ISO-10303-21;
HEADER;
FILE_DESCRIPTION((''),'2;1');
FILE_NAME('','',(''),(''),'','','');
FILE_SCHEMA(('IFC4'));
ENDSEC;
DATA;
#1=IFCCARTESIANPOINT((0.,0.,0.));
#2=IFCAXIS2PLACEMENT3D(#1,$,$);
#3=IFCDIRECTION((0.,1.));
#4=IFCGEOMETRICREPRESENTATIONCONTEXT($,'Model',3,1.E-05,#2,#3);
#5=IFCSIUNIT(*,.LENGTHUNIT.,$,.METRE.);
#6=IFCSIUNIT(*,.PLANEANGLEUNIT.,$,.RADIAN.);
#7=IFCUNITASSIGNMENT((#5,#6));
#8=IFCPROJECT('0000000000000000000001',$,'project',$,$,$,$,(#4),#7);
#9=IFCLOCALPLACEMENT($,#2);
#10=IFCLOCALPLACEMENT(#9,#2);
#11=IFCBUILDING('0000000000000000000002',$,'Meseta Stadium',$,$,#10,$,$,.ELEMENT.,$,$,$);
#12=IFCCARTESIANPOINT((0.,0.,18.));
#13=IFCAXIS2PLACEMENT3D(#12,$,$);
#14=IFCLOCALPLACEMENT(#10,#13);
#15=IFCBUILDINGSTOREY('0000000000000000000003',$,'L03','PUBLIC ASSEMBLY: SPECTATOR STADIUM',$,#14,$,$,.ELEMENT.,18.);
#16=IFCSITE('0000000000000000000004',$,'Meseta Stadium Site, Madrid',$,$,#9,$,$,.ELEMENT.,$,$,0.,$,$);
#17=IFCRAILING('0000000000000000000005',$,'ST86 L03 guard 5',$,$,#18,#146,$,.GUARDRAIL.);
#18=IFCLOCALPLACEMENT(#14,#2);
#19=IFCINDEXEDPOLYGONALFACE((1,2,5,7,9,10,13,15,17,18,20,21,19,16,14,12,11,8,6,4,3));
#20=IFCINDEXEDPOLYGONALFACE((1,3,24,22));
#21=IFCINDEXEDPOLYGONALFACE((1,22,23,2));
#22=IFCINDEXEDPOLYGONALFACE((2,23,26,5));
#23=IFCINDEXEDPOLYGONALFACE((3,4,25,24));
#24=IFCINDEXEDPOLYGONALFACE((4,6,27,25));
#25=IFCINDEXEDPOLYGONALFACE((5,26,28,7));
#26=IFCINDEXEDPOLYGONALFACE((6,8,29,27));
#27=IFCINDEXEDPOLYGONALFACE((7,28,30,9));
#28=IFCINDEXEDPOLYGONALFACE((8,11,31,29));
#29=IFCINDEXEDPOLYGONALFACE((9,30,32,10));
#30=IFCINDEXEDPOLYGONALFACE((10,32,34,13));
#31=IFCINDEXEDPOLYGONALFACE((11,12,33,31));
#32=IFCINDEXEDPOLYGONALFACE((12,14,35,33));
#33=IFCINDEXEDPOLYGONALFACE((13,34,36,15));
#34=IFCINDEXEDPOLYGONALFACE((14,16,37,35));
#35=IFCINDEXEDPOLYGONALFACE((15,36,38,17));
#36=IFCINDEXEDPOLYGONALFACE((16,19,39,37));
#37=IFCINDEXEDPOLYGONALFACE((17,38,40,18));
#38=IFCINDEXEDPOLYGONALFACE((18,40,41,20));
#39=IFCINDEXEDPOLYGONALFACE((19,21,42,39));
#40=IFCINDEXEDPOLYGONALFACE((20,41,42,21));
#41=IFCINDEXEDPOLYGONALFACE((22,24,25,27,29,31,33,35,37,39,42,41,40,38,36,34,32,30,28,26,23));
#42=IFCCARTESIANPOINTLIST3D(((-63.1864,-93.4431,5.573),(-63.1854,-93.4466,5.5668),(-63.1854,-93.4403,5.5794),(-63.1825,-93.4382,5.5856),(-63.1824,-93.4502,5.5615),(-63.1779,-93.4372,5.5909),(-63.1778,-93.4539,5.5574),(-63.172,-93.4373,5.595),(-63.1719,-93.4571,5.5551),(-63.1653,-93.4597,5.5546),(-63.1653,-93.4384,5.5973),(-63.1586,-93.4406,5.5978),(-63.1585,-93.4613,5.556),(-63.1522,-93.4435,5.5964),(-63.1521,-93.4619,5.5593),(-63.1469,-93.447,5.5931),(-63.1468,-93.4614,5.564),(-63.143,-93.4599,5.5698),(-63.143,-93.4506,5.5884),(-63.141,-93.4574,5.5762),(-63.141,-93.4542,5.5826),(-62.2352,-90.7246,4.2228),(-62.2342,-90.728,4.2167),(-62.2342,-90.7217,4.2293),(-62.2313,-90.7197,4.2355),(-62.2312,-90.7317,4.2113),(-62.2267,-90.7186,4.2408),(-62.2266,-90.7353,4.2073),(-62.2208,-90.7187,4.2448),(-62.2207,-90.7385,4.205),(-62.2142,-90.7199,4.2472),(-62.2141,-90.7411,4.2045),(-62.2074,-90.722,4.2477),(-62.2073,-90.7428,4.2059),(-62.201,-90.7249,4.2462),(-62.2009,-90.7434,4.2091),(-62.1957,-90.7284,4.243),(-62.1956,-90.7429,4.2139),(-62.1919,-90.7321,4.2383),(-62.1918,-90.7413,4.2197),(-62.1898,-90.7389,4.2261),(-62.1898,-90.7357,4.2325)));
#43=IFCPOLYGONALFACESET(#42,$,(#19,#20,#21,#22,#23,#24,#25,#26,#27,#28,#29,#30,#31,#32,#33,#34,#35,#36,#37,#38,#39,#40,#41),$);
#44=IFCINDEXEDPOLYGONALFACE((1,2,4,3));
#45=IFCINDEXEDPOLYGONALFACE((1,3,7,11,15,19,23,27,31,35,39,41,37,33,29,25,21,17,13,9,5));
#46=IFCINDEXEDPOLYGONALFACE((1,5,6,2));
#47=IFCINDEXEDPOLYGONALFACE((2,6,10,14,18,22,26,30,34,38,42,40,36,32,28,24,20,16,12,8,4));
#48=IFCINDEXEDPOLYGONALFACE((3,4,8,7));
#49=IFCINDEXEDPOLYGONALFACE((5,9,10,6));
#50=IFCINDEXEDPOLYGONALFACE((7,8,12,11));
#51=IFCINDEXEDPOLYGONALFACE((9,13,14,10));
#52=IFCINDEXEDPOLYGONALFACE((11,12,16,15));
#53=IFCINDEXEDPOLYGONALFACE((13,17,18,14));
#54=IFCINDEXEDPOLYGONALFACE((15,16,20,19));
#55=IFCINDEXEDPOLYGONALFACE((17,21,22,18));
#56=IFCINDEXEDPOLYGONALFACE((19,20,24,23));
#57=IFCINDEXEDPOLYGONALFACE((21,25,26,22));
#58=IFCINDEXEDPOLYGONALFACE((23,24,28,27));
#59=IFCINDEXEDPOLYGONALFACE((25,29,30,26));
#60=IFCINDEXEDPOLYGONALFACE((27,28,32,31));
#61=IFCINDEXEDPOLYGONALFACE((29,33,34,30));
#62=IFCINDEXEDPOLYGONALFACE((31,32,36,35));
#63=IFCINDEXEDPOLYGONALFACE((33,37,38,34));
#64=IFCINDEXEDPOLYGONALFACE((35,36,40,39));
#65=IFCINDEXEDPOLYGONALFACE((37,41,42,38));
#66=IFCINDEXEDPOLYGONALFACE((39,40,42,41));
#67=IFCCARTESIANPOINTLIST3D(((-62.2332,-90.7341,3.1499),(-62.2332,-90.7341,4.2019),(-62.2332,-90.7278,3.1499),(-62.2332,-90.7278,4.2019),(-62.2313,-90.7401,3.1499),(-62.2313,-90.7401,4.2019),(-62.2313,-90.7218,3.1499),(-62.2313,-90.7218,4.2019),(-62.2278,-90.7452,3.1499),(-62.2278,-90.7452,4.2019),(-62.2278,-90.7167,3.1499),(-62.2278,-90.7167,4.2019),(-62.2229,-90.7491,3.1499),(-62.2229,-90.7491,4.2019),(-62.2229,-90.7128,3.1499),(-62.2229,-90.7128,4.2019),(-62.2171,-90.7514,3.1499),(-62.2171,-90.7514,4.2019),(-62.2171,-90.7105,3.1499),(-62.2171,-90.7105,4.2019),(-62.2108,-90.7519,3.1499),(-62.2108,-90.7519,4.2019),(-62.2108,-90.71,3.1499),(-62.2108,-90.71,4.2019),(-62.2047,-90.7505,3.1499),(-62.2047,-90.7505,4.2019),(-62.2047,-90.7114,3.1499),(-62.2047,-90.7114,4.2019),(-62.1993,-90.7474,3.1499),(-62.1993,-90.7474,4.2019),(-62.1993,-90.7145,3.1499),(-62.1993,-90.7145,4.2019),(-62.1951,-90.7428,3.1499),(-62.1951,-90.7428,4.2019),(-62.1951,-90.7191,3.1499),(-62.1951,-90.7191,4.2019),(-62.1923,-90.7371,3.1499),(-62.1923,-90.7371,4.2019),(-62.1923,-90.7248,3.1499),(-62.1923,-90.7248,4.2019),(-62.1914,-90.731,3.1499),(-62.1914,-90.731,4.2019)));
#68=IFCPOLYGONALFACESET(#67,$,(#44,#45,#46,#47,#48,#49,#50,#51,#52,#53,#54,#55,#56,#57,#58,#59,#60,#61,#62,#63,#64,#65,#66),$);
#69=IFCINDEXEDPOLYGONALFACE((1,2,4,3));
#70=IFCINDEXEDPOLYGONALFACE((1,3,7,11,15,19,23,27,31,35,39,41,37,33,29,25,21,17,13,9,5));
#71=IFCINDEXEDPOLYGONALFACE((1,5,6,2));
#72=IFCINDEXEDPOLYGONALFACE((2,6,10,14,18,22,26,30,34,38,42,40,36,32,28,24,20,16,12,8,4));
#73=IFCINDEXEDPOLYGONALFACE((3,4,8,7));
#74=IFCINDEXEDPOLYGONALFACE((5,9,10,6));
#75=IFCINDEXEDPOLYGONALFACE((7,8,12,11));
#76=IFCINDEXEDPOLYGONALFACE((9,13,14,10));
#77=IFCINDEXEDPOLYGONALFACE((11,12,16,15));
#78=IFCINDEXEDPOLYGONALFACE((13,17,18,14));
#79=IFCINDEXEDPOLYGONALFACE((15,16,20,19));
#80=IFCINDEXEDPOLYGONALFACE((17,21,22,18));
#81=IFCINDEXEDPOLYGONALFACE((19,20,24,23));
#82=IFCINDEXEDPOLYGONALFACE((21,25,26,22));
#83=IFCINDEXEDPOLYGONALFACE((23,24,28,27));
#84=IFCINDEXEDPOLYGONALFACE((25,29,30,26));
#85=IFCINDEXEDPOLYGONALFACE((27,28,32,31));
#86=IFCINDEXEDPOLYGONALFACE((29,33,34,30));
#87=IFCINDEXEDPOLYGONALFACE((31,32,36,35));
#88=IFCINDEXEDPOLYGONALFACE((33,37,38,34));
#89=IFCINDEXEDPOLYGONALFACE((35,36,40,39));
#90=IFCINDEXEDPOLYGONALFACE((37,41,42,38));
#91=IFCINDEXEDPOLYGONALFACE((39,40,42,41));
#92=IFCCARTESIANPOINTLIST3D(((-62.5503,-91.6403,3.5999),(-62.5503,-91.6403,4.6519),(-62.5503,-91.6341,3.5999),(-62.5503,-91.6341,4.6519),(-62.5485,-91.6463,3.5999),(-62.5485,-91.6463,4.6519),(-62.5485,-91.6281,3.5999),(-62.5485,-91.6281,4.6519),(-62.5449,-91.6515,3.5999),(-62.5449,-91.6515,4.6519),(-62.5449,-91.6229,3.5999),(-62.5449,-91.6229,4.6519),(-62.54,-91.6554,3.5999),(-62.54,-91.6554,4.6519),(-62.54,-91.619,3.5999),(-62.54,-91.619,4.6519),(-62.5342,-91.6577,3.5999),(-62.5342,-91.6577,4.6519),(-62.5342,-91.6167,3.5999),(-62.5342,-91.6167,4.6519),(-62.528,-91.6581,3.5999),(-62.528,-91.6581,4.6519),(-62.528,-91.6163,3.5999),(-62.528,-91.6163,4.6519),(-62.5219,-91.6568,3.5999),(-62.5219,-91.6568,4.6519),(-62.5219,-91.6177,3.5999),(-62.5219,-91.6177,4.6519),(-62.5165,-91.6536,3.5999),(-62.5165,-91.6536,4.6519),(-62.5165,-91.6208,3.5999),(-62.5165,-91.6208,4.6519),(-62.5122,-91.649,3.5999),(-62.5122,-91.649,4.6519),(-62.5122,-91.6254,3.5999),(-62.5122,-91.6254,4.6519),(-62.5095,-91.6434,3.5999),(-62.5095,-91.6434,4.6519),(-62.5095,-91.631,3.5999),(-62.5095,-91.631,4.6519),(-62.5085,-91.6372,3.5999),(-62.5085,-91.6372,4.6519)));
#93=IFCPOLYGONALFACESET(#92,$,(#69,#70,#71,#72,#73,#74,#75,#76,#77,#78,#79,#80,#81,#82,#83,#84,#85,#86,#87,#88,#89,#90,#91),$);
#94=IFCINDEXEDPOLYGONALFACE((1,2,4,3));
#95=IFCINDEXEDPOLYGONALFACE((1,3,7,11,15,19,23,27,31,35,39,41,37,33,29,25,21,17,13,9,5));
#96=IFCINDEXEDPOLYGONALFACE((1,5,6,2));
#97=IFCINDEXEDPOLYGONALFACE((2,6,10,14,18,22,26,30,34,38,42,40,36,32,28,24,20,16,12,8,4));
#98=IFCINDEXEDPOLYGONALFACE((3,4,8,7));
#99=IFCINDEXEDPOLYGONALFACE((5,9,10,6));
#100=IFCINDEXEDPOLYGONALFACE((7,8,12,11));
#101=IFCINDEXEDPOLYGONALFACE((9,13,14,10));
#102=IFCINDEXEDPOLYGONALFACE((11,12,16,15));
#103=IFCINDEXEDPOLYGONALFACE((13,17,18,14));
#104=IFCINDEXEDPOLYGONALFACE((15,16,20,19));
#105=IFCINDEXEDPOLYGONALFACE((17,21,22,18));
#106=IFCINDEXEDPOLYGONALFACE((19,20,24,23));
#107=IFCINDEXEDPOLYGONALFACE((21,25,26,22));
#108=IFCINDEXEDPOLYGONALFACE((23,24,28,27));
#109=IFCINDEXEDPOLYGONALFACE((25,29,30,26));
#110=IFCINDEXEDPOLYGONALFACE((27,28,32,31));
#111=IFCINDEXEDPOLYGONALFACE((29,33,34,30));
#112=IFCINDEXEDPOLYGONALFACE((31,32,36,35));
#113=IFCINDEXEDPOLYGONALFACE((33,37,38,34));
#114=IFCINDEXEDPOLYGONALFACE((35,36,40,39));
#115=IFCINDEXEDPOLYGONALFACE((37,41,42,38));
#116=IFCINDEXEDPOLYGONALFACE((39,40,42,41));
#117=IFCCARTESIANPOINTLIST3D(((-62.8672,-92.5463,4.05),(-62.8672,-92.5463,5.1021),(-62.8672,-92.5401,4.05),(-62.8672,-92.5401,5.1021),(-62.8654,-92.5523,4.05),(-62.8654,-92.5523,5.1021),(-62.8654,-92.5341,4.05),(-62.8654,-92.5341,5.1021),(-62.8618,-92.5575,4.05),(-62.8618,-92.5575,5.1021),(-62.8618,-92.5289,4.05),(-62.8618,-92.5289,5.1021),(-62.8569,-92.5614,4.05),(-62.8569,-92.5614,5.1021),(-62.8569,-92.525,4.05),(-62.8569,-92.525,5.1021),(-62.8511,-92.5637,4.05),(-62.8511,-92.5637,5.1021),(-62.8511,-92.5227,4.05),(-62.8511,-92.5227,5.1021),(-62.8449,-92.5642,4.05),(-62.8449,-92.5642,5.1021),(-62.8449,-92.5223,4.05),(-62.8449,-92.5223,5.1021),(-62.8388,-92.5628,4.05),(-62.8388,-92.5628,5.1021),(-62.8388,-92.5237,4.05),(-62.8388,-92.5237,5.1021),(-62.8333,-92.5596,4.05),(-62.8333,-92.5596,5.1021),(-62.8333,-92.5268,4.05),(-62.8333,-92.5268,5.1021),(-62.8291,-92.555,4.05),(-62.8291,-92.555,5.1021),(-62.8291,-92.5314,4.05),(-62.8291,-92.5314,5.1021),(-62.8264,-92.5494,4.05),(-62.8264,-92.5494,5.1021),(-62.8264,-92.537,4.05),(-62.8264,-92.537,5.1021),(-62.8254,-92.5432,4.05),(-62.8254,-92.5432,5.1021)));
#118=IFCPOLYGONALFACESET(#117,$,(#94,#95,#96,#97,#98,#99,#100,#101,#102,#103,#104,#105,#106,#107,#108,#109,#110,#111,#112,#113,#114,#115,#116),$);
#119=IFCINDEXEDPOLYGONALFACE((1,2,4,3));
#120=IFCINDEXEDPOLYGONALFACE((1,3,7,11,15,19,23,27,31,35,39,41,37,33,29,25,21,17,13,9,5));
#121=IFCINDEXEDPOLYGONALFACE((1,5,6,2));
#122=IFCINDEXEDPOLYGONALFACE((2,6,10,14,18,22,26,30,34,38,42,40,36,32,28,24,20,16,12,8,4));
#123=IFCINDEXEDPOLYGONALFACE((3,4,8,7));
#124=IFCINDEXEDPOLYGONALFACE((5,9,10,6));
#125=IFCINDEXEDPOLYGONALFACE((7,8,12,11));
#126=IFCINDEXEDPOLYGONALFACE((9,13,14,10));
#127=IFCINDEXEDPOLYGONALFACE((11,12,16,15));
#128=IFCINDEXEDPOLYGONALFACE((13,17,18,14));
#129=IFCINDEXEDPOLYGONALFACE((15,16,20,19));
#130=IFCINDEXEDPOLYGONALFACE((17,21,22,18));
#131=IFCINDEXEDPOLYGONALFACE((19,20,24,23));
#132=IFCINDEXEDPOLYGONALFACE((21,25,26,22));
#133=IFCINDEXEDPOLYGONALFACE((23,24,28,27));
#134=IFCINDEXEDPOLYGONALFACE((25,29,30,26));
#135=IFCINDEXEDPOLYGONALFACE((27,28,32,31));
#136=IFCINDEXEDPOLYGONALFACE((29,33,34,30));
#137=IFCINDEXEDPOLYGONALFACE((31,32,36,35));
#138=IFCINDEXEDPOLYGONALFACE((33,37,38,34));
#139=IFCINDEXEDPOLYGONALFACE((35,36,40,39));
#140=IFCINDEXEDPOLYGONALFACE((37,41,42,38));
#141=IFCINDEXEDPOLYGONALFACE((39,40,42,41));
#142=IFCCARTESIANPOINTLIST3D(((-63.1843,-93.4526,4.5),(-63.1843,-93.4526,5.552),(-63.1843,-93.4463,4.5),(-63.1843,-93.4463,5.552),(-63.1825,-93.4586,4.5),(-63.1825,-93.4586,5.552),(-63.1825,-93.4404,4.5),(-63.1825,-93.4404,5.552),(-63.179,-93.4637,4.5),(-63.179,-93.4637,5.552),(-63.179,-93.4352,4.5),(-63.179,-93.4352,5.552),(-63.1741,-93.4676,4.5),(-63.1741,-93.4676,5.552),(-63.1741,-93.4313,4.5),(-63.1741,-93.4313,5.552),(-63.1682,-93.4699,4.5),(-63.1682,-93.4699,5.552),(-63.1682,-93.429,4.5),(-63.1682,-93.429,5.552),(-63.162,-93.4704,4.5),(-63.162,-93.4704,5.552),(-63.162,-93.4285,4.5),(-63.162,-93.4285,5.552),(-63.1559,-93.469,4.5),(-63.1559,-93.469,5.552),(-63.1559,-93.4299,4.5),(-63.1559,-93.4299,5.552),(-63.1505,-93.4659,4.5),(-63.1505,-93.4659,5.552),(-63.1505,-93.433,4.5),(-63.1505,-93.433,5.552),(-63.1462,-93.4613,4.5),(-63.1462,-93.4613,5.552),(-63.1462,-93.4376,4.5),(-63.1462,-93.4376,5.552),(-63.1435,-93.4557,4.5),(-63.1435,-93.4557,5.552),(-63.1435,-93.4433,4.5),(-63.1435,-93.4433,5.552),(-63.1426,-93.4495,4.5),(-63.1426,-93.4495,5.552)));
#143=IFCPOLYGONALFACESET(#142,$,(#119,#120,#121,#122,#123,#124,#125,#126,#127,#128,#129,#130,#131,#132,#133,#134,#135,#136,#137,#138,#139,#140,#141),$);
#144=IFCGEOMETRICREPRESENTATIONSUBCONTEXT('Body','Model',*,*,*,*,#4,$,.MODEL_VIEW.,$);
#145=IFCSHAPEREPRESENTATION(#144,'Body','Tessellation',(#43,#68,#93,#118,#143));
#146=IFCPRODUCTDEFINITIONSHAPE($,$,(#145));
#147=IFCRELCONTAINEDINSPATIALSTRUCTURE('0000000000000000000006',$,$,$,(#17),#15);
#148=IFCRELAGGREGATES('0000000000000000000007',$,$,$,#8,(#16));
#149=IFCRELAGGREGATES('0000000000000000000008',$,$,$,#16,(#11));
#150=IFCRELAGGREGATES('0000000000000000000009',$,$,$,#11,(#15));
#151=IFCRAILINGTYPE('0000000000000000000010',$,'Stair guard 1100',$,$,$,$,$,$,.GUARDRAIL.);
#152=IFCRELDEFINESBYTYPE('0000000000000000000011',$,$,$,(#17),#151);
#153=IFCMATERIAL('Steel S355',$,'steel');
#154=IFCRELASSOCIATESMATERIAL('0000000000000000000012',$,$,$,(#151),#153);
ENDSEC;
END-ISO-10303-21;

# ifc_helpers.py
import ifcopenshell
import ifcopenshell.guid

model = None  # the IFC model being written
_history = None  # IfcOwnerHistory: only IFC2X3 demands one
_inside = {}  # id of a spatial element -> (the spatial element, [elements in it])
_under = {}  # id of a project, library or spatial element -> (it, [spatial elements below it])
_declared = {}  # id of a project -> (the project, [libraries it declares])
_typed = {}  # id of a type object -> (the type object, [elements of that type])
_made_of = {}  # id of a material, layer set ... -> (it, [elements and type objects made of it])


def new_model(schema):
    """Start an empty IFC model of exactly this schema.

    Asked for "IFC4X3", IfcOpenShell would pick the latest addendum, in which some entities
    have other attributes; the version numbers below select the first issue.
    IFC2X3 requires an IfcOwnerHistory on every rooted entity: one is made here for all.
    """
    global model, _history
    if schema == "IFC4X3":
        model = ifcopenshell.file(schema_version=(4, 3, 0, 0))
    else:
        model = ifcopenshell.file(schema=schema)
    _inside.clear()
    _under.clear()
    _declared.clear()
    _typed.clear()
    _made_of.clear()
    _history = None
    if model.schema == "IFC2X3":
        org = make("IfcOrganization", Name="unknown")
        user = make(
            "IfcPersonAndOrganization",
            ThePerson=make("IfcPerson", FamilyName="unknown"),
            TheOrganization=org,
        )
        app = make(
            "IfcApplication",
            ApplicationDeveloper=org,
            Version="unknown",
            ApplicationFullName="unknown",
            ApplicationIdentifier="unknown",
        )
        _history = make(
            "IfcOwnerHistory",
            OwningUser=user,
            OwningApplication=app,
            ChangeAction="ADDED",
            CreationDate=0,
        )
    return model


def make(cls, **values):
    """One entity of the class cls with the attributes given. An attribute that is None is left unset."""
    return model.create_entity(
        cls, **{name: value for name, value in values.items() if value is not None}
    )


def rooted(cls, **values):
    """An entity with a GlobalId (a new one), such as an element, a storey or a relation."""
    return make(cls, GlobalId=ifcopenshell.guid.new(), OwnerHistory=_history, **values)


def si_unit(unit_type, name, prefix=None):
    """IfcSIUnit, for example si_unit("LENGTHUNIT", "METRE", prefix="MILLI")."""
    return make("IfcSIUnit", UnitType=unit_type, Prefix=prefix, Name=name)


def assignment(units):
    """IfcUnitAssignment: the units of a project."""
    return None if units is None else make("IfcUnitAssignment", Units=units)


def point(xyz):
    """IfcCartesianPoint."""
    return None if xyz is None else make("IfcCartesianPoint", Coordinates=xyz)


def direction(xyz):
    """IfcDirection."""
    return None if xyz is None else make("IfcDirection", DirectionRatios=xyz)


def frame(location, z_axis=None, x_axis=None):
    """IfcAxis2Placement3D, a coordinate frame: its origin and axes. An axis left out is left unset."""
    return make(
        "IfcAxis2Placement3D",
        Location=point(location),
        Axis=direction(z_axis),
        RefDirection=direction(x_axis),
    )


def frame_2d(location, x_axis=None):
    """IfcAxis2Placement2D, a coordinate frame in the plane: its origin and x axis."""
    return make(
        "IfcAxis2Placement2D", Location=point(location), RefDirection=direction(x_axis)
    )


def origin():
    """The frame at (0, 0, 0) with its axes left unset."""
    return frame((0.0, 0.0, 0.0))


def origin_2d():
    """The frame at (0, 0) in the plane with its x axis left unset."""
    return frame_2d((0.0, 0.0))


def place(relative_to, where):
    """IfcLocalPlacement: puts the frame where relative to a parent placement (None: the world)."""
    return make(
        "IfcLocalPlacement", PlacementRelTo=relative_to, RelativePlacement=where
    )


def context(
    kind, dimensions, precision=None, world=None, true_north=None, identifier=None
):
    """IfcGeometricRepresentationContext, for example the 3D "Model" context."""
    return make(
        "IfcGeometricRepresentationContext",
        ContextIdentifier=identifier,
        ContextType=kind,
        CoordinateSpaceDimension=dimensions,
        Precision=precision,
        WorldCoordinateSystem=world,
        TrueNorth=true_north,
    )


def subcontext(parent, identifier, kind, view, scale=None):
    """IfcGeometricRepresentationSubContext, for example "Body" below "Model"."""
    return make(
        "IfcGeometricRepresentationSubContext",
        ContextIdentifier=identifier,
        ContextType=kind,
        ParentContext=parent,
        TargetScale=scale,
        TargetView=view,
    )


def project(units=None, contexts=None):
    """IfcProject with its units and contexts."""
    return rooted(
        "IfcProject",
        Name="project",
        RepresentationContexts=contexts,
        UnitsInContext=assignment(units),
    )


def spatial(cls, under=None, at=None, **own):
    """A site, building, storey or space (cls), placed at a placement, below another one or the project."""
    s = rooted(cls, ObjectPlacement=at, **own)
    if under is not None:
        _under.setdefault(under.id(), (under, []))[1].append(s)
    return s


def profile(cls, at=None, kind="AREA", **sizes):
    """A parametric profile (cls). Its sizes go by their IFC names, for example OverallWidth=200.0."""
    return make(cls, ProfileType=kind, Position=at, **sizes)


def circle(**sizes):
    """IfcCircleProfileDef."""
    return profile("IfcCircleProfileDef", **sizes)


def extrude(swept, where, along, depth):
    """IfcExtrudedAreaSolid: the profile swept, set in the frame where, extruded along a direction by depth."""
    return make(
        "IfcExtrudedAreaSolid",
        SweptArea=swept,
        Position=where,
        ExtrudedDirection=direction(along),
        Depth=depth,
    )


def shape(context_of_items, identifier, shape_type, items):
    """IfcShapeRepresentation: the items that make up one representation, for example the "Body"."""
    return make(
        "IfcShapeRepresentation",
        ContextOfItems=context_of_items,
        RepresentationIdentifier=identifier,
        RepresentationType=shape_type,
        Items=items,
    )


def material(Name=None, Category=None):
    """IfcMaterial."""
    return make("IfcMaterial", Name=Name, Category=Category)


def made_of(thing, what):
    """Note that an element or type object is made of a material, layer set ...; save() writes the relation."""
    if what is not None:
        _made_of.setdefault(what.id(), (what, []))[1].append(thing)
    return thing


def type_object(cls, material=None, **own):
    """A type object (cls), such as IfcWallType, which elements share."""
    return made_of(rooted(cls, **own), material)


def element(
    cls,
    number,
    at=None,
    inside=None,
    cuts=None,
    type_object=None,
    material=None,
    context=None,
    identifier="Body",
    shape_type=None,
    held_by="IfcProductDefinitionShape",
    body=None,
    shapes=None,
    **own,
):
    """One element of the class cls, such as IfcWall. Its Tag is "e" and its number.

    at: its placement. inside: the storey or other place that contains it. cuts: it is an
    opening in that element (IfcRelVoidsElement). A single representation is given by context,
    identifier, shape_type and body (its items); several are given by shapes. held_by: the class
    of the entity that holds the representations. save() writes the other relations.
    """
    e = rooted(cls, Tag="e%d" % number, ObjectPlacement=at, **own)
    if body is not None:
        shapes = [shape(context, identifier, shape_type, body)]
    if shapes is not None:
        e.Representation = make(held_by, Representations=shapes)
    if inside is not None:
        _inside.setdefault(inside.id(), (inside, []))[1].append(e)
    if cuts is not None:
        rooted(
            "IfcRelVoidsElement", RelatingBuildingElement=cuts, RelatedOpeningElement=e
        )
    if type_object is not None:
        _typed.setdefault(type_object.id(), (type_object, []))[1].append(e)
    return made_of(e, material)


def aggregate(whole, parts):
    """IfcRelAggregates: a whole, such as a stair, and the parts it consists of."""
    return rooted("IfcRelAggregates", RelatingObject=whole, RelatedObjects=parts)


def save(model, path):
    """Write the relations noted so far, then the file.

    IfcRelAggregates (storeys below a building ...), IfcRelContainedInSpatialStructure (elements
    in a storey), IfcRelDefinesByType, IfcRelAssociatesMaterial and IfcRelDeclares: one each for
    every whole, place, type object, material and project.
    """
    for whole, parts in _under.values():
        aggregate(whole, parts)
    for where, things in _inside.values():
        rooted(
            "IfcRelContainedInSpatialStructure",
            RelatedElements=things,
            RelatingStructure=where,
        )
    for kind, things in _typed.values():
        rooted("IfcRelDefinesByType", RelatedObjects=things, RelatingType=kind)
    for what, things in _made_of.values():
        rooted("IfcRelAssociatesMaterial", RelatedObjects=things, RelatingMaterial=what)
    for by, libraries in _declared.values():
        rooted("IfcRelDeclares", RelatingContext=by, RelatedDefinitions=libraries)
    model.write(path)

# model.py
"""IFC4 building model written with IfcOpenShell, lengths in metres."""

from ifc_helpers import new_model, si_unit, direction, frame, origin, origin_2d, place, context, subcontext, project, spatial, circle, extrude, material, type_object, element, save


model = new_model("IFC4")

# Units and contexts
model_context = context("Model", 3, precision=1e-05, world=origin(), true_north=direction((0.0, 1.0)))
body_context = subcontext(model_context, "Body", "Model", "MODEL_VIEW")
ifc_project = project(units=[si_unit("LENGTHUNIT", "METRE"), si_unit("PLANEANGLEUNIT", "RADIAN")], contexts=[model_context])

# Site, building, storey
site_placement = place(None, origin())
site = spatial("IfcSite", under=ifc_project, at=site_placement, Name="Meseta Stadium Site, Madrid", CompositionType="ELEMENT", RefElevation=0.0)
building_placement = place(site_placement, origin())
building = spatial("IfcBuilding", under=site, at=building_placement, Name="Meseta Stadium", CompositionType="ELEMENT")
storey_placement = place(building_placement, frame((0.0, 0.0, 18.0)))
storey = spatial("IfcBuildingStorey", under=building, at=storey_placement, Name="L03", Description="PUBLIC ASSEMBLY: SPECTATOR STADIUM", CompositionType="ELEMENT", Elevation=18.0)

# Railing
ifc_material_1 = material(Name="Steel S355", Category="steel")
railing_type_1 = type_object("IfcRailingType", Name="Stair guard 1100", PredefinedType="GUARDRAIL", material=ifc_material_1)
railing_1_placement = place(storey_placement, frame((-62.2124, -90.731, 3.1499)))
element("IfcRailing", 1, at=railing_1_placement, inside=storey, type_object=railing_type_1, Name="ST86 L03 guard 5", PredefinedType="GUARDRAIL", context=body_context, shape_type="SweptSolid", body=[
    extrude(circle(Radius=0.0239, at=origin_2d()), frame((0.0, 0.0, 1.0762), z_axis=(-0.299031, -0.854649, 0.424446), x_axis=(0.943891, -0.330256, 0.0)), (0.0, 0.0, 1.0), 3.1809),
    extrude(circle(Radius=0.021, at=origin_2d()), origin(), (0.0, 0.0, 1.0), 1.052),
    extrude(circle(Radius=0.021, at=origin_2d()), frame((-0.3171, -0.9062, 0.45)), (0.0, 0.0, 1.0), 1.052),
    extrude(circle(Radius=0.021, at=origin_2d()), frame((-0.634, -1.8123, 0.9001)), (0.0, 0.0, 1.0), 1.052),
    extrude(circle(Radius=0.021, at=origin_2d()), frame((-0.9512, -2.7185, 1.3501)), (0.0, 0.0, 1.0), 1.052),
])

save(model, "model.ifc")
